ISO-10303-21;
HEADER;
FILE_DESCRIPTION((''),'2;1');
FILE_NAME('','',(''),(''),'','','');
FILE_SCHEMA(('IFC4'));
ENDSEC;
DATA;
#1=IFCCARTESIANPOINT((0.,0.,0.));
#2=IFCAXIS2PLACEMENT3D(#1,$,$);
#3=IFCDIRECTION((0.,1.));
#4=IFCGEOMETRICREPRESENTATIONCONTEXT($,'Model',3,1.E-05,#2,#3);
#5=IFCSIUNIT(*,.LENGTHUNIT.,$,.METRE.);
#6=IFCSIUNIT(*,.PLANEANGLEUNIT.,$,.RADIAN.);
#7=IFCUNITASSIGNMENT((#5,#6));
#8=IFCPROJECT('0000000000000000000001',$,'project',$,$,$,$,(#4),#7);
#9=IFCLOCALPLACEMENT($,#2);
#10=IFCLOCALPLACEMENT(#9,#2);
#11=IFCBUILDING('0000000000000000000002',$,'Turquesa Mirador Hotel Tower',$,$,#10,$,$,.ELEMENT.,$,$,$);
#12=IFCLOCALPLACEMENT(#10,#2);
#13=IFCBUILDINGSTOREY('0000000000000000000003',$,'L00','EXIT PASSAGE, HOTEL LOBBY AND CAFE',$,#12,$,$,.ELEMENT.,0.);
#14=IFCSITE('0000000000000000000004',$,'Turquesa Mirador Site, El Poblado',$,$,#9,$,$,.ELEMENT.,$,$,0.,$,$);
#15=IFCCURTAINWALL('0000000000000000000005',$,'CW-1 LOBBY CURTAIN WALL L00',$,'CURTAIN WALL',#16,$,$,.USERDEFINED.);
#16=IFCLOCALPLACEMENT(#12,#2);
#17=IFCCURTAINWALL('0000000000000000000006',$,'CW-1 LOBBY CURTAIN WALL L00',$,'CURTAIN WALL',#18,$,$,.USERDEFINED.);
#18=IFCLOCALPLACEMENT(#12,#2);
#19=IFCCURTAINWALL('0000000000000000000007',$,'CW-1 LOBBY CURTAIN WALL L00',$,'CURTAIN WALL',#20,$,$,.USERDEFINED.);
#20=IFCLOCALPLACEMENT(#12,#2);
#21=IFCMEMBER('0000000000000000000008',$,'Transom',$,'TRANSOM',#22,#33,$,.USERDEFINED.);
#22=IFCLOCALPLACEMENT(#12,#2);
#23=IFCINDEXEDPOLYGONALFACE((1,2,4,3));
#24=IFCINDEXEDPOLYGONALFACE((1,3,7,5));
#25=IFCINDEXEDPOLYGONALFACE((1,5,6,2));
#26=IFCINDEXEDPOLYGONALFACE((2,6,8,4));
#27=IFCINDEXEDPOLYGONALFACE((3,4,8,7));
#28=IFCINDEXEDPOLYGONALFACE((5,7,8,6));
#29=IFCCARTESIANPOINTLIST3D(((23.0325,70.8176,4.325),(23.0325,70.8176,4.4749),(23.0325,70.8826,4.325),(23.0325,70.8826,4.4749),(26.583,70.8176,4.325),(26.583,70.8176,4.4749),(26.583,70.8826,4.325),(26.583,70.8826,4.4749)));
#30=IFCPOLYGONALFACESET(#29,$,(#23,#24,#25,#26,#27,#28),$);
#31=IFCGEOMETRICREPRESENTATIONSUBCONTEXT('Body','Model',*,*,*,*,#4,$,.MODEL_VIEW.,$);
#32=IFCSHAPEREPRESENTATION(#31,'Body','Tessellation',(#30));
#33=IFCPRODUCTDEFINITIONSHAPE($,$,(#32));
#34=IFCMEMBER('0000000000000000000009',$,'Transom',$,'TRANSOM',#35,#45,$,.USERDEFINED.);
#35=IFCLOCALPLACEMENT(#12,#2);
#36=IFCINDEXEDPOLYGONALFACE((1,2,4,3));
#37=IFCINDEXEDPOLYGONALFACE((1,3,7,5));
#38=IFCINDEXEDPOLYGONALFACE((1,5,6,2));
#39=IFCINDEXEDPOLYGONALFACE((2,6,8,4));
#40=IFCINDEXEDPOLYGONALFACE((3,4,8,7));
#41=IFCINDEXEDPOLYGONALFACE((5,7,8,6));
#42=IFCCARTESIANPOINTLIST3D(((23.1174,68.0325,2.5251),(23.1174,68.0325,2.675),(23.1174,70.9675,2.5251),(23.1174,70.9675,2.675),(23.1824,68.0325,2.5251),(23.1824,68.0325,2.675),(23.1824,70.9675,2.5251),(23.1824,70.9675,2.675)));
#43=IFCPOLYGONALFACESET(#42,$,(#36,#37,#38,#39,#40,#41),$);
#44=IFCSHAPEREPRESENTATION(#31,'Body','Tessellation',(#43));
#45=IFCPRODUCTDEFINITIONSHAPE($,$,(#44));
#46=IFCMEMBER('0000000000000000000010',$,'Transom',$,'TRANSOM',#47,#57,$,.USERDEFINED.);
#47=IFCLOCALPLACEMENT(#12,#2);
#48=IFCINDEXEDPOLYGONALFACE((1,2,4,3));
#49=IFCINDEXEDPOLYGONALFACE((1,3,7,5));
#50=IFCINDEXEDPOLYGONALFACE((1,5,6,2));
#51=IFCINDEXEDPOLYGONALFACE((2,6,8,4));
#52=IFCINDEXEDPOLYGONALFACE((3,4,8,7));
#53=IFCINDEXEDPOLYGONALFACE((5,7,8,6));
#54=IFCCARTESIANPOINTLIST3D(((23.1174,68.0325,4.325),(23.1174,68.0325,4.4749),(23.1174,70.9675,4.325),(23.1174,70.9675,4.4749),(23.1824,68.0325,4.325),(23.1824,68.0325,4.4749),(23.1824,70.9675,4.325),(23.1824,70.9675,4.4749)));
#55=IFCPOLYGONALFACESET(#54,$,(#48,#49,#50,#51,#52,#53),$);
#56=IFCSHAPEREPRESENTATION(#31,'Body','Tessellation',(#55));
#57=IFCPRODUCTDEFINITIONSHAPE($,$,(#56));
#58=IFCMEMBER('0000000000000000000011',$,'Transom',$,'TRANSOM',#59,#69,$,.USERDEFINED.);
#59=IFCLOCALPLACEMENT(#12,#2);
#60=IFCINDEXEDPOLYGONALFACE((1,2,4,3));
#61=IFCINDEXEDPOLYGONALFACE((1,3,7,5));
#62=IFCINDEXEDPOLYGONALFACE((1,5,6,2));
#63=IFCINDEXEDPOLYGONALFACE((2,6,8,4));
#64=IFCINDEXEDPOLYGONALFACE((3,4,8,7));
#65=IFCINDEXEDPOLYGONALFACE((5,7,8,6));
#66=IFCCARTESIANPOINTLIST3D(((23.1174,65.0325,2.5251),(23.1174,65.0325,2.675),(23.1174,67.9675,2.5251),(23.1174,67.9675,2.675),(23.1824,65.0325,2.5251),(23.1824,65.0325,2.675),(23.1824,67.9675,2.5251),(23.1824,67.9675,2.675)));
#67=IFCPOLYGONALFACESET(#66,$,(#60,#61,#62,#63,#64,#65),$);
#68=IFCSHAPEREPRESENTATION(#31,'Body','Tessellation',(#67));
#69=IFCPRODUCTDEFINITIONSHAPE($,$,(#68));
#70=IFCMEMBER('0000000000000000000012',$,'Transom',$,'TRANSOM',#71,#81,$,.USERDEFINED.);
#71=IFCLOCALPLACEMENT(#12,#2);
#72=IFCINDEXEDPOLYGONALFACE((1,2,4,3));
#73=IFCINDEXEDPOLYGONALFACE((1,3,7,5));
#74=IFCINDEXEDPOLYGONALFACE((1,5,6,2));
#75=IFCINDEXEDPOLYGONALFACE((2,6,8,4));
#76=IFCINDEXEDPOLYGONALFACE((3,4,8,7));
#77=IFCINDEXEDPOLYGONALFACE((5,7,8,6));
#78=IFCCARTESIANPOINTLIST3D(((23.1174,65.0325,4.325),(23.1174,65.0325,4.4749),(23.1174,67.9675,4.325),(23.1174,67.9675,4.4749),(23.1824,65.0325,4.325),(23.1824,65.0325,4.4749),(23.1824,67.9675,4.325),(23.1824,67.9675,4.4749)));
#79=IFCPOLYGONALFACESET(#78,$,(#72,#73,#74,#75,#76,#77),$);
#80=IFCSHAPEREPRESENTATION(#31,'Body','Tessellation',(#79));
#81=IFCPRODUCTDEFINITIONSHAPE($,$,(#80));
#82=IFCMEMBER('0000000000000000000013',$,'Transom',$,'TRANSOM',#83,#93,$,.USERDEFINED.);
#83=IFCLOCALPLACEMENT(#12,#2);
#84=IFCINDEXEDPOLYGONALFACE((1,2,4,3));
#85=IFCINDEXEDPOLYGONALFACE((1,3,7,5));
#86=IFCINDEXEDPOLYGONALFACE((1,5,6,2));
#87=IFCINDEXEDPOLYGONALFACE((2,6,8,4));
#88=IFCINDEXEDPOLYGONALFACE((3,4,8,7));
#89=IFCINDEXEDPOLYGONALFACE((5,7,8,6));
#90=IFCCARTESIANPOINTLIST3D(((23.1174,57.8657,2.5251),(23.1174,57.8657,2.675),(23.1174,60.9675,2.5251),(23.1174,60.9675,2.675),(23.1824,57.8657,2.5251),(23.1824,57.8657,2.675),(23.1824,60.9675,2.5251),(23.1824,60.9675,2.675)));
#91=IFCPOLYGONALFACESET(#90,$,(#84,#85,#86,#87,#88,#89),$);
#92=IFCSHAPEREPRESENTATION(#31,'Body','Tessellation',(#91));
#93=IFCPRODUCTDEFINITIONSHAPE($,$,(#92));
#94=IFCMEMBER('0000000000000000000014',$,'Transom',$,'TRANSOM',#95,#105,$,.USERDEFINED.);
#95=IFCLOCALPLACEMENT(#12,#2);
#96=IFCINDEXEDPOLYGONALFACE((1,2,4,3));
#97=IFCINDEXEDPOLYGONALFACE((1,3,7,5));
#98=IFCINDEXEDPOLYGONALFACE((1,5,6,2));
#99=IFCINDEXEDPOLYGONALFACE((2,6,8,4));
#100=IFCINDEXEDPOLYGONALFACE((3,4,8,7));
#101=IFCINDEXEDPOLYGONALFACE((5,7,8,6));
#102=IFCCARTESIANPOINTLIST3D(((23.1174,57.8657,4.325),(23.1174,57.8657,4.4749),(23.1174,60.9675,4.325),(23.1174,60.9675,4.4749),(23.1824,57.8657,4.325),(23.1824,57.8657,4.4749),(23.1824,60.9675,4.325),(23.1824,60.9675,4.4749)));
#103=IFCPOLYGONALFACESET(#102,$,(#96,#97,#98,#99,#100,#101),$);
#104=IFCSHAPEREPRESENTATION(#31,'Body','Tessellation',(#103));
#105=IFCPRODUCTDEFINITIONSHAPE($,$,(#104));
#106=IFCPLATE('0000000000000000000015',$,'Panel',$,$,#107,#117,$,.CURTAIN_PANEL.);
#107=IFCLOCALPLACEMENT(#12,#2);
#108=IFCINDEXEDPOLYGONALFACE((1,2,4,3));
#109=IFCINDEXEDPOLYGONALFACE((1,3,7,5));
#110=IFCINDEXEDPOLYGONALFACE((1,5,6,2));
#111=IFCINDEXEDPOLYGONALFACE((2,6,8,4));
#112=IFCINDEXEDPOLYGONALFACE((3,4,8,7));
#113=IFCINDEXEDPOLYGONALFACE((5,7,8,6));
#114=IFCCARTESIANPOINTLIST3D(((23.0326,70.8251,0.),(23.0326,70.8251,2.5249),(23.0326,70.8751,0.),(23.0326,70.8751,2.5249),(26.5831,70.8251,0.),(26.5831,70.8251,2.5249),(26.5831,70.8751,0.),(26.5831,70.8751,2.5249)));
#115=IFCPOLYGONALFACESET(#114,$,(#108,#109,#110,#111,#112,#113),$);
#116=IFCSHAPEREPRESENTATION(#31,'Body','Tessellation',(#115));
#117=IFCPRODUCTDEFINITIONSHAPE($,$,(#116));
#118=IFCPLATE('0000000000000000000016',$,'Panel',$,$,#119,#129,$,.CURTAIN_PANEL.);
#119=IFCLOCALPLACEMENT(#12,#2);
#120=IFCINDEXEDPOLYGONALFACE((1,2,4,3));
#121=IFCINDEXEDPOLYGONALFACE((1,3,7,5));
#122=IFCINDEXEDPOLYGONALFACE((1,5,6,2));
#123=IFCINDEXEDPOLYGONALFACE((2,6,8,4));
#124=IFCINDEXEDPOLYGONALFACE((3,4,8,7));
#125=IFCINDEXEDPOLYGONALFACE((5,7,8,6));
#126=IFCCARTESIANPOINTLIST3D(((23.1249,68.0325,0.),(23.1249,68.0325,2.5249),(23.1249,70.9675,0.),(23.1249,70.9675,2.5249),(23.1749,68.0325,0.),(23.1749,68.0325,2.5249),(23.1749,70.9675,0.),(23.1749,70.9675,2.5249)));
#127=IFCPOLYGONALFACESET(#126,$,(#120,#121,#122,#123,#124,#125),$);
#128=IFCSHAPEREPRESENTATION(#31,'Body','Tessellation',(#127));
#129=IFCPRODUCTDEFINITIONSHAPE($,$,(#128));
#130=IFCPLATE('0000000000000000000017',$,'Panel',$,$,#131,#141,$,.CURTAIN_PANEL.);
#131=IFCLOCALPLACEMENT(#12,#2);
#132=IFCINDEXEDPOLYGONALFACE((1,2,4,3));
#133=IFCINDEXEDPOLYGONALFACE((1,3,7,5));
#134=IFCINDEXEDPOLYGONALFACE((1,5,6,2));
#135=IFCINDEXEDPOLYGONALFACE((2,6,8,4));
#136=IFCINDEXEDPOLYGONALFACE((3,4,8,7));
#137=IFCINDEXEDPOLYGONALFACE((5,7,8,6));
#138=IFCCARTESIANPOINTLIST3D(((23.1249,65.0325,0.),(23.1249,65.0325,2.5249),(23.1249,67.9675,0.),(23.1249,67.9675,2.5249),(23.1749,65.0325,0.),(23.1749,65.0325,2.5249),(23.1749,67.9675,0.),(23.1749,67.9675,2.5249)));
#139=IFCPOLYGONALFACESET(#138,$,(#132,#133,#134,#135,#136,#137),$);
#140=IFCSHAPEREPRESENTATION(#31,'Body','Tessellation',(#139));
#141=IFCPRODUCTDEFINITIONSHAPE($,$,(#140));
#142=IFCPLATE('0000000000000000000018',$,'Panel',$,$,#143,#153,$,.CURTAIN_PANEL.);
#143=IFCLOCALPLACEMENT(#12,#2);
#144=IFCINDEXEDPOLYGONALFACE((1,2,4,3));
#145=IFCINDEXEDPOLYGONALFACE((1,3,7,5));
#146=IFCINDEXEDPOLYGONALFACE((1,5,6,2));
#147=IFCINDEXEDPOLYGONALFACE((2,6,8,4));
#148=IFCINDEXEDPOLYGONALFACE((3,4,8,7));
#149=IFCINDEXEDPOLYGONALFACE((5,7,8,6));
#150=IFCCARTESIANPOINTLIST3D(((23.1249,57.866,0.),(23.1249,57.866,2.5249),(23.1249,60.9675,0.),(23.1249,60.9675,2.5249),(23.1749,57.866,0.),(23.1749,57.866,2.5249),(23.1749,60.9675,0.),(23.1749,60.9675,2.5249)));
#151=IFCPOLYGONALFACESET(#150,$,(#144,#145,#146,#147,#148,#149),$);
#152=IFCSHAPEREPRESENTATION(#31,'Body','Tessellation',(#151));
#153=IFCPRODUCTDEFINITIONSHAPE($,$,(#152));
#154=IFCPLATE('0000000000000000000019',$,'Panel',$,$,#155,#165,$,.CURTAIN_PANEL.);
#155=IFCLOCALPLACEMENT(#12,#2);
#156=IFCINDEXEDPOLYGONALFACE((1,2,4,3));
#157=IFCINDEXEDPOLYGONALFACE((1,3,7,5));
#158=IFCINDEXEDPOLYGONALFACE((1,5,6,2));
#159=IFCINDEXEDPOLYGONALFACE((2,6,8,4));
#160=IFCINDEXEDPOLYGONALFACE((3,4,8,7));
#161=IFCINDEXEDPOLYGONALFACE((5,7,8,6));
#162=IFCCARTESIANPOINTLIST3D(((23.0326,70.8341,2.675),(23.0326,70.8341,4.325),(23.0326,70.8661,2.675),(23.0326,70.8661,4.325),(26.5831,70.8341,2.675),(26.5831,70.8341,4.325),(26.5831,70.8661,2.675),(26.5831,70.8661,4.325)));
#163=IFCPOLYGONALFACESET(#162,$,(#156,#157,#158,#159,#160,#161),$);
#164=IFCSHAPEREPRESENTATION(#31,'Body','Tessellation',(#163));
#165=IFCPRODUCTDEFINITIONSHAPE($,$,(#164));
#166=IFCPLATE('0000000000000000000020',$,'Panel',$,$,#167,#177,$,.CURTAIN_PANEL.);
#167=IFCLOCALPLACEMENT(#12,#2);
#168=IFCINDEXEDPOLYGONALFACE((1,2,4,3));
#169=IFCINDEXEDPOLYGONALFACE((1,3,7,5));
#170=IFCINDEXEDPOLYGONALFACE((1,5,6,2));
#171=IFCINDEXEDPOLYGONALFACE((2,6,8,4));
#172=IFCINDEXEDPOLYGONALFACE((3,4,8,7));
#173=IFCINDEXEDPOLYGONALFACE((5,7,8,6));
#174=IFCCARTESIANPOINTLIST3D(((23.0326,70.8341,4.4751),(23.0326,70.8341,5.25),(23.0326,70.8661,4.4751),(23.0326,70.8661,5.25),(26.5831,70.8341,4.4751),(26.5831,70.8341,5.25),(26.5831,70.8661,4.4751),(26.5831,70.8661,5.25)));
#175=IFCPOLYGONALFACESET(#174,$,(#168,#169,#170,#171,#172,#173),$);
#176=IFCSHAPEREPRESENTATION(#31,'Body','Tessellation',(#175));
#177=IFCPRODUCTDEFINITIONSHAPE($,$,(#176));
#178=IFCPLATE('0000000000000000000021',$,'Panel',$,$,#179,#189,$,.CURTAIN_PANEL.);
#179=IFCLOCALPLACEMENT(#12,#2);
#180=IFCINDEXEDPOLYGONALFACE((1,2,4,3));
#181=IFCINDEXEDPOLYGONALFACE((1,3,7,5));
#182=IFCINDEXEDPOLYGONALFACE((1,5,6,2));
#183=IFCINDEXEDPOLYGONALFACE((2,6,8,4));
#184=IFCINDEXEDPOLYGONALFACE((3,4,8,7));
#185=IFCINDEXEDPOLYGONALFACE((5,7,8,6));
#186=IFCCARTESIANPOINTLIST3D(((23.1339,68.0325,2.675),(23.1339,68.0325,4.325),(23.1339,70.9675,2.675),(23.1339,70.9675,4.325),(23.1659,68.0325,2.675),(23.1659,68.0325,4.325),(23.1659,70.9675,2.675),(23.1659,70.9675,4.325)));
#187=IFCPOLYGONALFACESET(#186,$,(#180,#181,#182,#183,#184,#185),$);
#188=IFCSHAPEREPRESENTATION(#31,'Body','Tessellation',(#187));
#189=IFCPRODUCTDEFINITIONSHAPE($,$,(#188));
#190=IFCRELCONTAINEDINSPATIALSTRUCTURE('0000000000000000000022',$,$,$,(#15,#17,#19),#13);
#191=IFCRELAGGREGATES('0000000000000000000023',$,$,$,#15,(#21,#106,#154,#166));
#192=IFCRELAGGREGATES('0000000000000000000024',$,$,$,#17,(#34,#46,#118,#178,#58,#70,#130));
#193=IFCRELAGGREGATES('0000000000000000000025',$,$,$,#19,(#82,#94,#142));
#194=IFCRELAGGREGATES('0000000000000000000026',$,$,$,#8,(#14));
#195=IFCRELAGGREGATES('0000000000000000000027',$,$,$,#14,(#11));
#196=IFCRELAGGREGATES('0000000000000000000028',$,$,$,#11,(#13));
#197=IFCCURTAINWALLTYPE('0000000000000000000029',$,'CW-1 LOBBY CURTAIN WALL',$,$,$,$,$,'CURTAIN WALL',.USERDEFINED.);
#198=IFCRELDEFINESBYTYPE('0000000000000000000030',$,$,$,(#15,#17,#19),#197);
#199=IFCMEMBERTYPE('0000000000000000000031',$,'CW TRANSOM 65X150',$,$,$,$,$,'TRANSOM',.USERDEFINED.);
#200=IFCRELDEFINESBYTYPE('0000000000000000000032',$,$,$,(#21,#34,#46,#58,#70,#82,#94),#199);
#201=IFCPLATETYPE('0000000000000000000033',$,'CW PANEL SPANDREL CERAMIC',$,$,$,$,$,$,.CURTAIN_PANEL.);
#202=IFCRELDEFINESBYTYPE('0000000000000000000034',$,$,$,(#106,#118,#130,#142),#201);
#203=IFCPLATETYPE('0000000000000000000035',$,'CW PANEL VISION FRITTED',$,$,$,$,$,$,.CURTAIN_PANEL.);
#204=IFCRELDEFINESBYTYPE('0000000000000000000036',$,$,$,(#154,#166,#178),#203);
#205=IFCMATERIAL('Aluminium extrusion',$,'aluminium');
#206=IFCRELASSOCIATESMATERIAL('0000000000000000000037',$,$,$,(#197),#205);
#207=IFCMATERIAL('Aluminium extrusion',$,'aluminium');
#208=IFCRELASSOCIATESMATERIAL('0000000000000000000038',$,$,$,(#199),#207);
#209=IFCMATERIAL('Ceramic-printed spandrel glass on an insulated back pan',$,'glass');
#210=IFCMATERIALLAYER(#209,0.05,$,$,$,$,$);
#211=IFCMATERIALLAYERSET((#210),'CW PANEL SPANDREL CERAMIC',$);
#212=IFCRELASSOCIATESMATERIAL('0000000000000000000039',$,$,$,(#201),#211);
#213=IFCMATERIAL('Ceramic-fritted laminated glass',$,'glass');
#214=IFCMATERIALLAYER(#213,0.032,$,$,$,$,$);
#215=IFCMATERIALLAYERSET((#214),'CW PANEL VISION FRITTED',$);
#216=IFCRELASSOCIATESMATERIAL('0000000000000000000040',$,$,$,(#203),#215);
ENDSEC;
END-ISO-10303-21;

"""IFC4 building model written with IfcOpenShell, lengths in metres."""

from ifc_helpers import new_model, si_unit, direction, frame, origin, origin_2d, place, context, subcontext, project, spatial, rectangle, extrude, material, layer, layer_set, material_profile, profile_set, type_object, element, aggregate, save


model = new_model("IFC4")

# Units and contexts
model_context = context("Model", 3, precision=1e-05, world=origin(), true_north=direction((0.0, 1.0)))
body_context = subcontext(model_context, "Body", "Model", "MODEL_VIEW")
ifc_project = project(units=[si_unit("LENGTHUNIT", "METRE"), si_unit("PLANEANGLEUNIT", "RADIAN")], contexts=[model_context])

# Site, building, storey
site_placement = place(None, origin())
site = spatial("IfcSite", under=ifc_project, at=site_placement, Name="Turquesa Mirador Site, El Poblado", CompositionType="ELEMENT", RefElevation=0.0)
building_placement = place(site_placement, origin())
building = spatial("IfcBuilding", under=site, at=building_placement, Name="Turquesa Mirador Hotel Tower", CompositionType="ELEMENT")
storey_placement = place(building_placement, origin())
storey = spatial("IfcBuildingStorey", under=building, at=storey_placement, Name="L00", Description="EXIT PASSAGE, HOTEL LOBBY AND CAFE", CompositionType="ELEMENT", Elevation=0.0)

# Shared definitions
ifc_material_1 = material(Name="Aluminium extrusion", Category="aluminium")
curtain_wall_type = type_object("IfcCurtainWallType", Name="CW-1 LOBBY CURTAIN WALL", ElementType="CURTAIN WALL", PredefinedType="USERDEFINED", material=ifc_material_1)

# Curtain walls
curtain_wall_1_placement = place(storey_placement, origin())
curtain_wall_1 = element("IfcCurtainWall", 1, at=curtain_wall_1_placement, inside=storey, type_object=curtain_wall_type, Name="CW-1 LOBBY CURTAIN WALL L00", ObjectType="CURTAIN WALL", PredefinedType="USERDEFINED")
curtain_wall_2_placement = place(storey_placement, origin())
curtain_wall_2 = element("IfcCurtainWall", 2, at=curtain_wall_2_placement, inside=storey, type_object=curtain_wall_type, Name="CW-1 LOBBY CURTAIN WALL L00", ObjectType="CURTAIN WALL", PredefinedType="USERDEFINED")
curtain_wall_3_placement = place(storey_placement, origin())
curtain_wall_3 = element("IfcCurtainWall", 3, at=curtain_wall_3_placement, inside=storey, type_object=curtain_wall_type, Name="CW-1 LOBBY CURTAIN WALL L00", ObjectType="CURTAIN WALL", PredefinedType="USERDEFINED")

# Members
ifc_material_2 = material(Name="Aluminium extrusion", Category="aluminium")
ifc_material_profile_1 = material_profile(ifc_material_2, rectangle(XDim=0.0649, YDim=0.1499, at=origin_2d()), Name="TRANSOM 65X150")
ifc_profile_set_1 = profile_set([ifc_material_profile_1], Name="Aluminium extrusion")
member_type_1 = type_object("IfcMemberType", Name="CW TRANSOM 65X150", ElementType="TRANSOM", PredefinedType="USERDEFINED", material=ifc_profile_set_1)
member_1_placement = place(storey_placement, frame((26.583, 70.8501, 4.3999), z_axis=(-1.0, 0.0, 0.0), x_axis=(0.0, -1.0, 0.0)))
member_1 = element("IfcMember", 4, at=member_1_placement, type_object=member_type_1, Name="Transom", ObjectType="TRANSOM", PredefinedType="USERDEFINED", context=body_context, shape_type="SweptSolid", body=[
    extrude(rectangle(XDim=0.0649, YDim=0.1499, at=origin_2d()), origin(), (0.0, 0.0, 1.0), 3.5505),
])
member_2_placement = place(storey_placement, frame((23.1499, 70.9675, 2.6001), z_axis=(0.0, -1.0, 0.0), x_axis=(1.0, 0.0, 0.0)))
member_2 = element("IfcMember", 5, at=member_2_placement, type_object=member_type_1, Name="Transom", ObjectType="TRANSOM", PredefinedType="USERDEFINED", context=body_context, shape_type="SweptSolid", body=[
    extrude(rectangle(XDim=0.0649, YDim=0.1499, at=origin_2d()), origin(), (0.0, 0.0, 1.0), 2.9351),
])
member_3_placement = place(storey_placement, frame((23.1499, 70.9675, 4.3999), z_axis=(0.0, -1.0, 0.0), x_axis=(1.0, 0.0, 0.0)))
member_3 = element("IfcMember", 6, at=member_3_placement, type_object=member_type_1, Name="Transom", ObjectType="TRANSOM", PredefinedType="USERDEFINED", context=body_context, shape_type="SweptSolid", body=[
    extrude(rectangle(XDim=0.0649, YDim=0.1499, at=origin_2d()), origin(), (0.0, 0.0, 1.0), 2.9351),
])
member_4_placement = place(storey_placement, frame((23.1499, 67.9675, 2.6001), z_axis=(0.0, -1.0, 0.0), x_axis=(1.0, 0.0, 0.0)))
member_4 = element("IfcMember", 7, at=member_4_placement, type_object=member_type_1, Name="Transom", ObjectType="TRANSOM", PredefinedType="USERDEFINED", context=body_context, shape_type="SweptSolid", body=[
    extrude(rectangle(XDim=0.0649, YDim=0.1499, at=origin_2d()), origin(), (0.0, 0.0, 1.0), 2.9351),
])
member_5_placement = place(storey_placement, frame((23.1499, 67.9675, 4.3999), z_axis=(0.0, -1.0, 0.0), x_axis=(1.0, 0.0, 0.0)))
member_5 = element("IfcMember", 8, at=member_5_placement, type_object=member_type_1, Name="Transom", ObjectType="TRANSOM", PredefinedType="USERDEFINED", context=body_context, shape_type="SweptSolid", body=[
    extrude(rectangle(XDim=0.0649, YDim=0.1499, at=origin_2d()), origin(), (0.0, 0.0, 1.0), 2.9351),
])
member_6_placement = place(storey_placement, frame((23.1499, 60.9675, 2.6001), z_axis=(0.0, -1.0, 0.0), x_axis=(1.0, 0.0, 0.0)))
member_6 = element("IfcMember", 9, at=member_6_placement, type_object=member_type_1, Name="Transom", ObjectType="TRANSOM", PredefinedType="USERDEFINED", context=body_context, shape_type="SweptSolid", body=[
    extrude(rectangle(XDim=0.0649, YDim=0.1499, at=origin_2d()), origin(), (0.0, 0.0, 1.0), 3.1018),
])
member_7_placement = place(storey_placement, frame((23.1499, 60.9675, 4.3999), z_axis=(0.0, -1.0, 0.0), x_axis=(1.0, 0.0, 0.0)))
member_7 = element("IfcMember", 10, at=member_7_placement, type_object=member_type_1, Name="Transom", ObjectType="TRANSOM", PredefinedType="USERDEFINED", context=body_context, shape_type="SweptSolid", body=[
    extrude(rectangle(XDim=0.0649, YDim=0.1499, at=origin_2d()), origin(), (0.0, 0.0, 1.0), 3.1018),
])

# Plates
ifc_material_3 = material(Name="Ceramic-printed spandrel glass on an insulated back pan", Category="glass")
ifc_layer_1 = layer(ifc_material_3, 0.05)
ifc_layer_set_1 = layer_set([ifc_layer_1], Name="CW PANEL SPANDREL CERAMIC")
plate_type_1 = type_object("IfcPlateType", Name="CW PANEL SPANDREL CERAMIC", PredefinedType="CURTAIN_PANEL", material=ifc_layer_set_1)
plate_1_placement = place(storey_placement, frame((24.8079, 70.8501, 0.0), z_axis=(0.0, 0.0, 1.0), x_axis=(-1.0, 0.0, 0.0)))
plate_1 = element("IfcPlate", 11, at=plate_1_placement, type_object=plate_type_1, Name="Panel", PredefinedType="CURTAIN_PANEL", context=body_context, shape_type="SweptSolid", body=[
    extrude(rectangle(XDim=3.5505, YDim=0.05, at=origin_2d()), origin(), (0.0, 0.0, 1.0), 2.5249),
])
plate_2_placement = place(storey_placement, frame((23.1499, 69.5, 0.0), z_axis=(0.0, 0.0, 1.0), x_axis=(0.0, -1.0, 0.0)))
plate_2 = element("IfcPlate", 12, at=plate_2_placement, type_object=plate_type_1, Name="Panel", PredefinedType="CURTAIN_PANEL", context=body_context, shape_type="SweptSolid", body=[
    extrude(rectangle(XDim=2.9351, YDim=0.05, at=origin_2d()), origin(), (0.0, 0.0, 1.0), 2.5249),
])
plate_3_placement = place(storey_placement, frame((23.1499, 66.5, 0.0), z_axis=(0.0, 0.0, 1.0), x_axis=(0.0, -1.0, 0.0)))
plate_3 = element("IfcPlate", 13, at=plate_3_placement, type_object=plate_type_1, Name="Panel", PredefinedType="CURTAIN_PANEL", context=body_context, shape_type="SweptSolid", body=[
    extrude(rectangle(XDim=2.9351, YDim=0.05, at=origin_2d()), origin(), (0.0, 0.0, 1.0), 2.5249),
])
plate_4_placement = place(storey_placement, frame((23.1499, 59.4167, 0.0), z_axis=(0.0, 0.0, 1.0), x_axis=(0.0, -1.0, 0.0)))
plate_4 = element("IfcPlate", 14, at=plate_4_placement, type_object=plate_type_1, Name="Panel", PredefinedType="CURTAIN_PANEL", context=body_context, shape_type="SweptSolid", body=[
    extrude(rectangle(XDim=3.1016, YDim=0.05, at=origin_2d()), origin(), (0.0, 0.0, 1.0), 2.5249),
])
ifc_material_4 = material(Name="Ceramic-fritted laminated glass", Category="glass")
ifc_layer_2 = layer(ifc_material_4, 0.032)
ifc_layer_set_2 = layer_set([ifc_layer_2], Name="CW PANEL VISION FRITTED")
plate_type_2 = type_object("IfcPlateType", Name="CW PANEL VISION FRITTED", PredefinedType="CURTAIN_PANEL", material=ifc_layer_set_2)
plate_5_placement = place(storey_placement, frame((24.8079, 70.8501, 2.675), z_axis=(0.0, 0.0, 1.0), x_axis=(-1.0, 0.0, 0.0)))
plate_5 = element("IfcPlate", 15, at=plate_5_placement, type_object=plate_type_2, Name="Panel", PredefinedType="CURTAIN_PANEL", context=body_context, shape_type="SweptSolid", body=[
    extrude(rectangle(XDim=3.5505, YDim=0.032, at=origin_2d()), origin(), (0.0, 0.0, 1.0), 1.6499),
])
plate_6_placement = place(storey_placement, frame((24.8079, 70.8501, 4.4751), z_axis=(0.0, 0.0, 1.0), x_axis=(-1.0, 0.0, 0.0)))
plate_6 = element("IfcPlate", 16, at=plate_6_placement, type_object=plate_type_2, Name="Panel", PredefinedType="CURTAIN_PANEL", context=body_context, shape_type="SweptSolid", body=[
    extrude(rectangle(XDim=3.5505, YDim=0.032, at=origin_2d()), origin(), (0.0, 0.0, 1.0), 0.7749),
])
aggregate(curtain_wall_1, [member_1, plate_1, plate_5, plate_6])
plate_7_placement = place(storey_placement, frame((23.1499, 69.5, 2.675), z_axis=(0.0, 0.0, 1.0), x_axis=(0.0, -1.0, 0.0)))
plate_7 = element("IfcPlate", 17, at=plate_7_placement, type_object=plate_type_2, Name="Panel", PredefinedType="CURTAIN_PANEL", context=body_context, shape_type="SweptSolid", body=[
    extrude(rectangle(XDim=2.9351, YDim=0.032, at=origin_2d()), origin(), (0.0, 0.0, 1.0), 1.6499),
])
aggregate(curtain_wall_2, [member_2, member_3, plate_2, plate_7, member_4, member_5, plate_3])
aggregate(curtain_wall_3, [member_6, member_7, plate_4])

save(model, "model.ifc")
